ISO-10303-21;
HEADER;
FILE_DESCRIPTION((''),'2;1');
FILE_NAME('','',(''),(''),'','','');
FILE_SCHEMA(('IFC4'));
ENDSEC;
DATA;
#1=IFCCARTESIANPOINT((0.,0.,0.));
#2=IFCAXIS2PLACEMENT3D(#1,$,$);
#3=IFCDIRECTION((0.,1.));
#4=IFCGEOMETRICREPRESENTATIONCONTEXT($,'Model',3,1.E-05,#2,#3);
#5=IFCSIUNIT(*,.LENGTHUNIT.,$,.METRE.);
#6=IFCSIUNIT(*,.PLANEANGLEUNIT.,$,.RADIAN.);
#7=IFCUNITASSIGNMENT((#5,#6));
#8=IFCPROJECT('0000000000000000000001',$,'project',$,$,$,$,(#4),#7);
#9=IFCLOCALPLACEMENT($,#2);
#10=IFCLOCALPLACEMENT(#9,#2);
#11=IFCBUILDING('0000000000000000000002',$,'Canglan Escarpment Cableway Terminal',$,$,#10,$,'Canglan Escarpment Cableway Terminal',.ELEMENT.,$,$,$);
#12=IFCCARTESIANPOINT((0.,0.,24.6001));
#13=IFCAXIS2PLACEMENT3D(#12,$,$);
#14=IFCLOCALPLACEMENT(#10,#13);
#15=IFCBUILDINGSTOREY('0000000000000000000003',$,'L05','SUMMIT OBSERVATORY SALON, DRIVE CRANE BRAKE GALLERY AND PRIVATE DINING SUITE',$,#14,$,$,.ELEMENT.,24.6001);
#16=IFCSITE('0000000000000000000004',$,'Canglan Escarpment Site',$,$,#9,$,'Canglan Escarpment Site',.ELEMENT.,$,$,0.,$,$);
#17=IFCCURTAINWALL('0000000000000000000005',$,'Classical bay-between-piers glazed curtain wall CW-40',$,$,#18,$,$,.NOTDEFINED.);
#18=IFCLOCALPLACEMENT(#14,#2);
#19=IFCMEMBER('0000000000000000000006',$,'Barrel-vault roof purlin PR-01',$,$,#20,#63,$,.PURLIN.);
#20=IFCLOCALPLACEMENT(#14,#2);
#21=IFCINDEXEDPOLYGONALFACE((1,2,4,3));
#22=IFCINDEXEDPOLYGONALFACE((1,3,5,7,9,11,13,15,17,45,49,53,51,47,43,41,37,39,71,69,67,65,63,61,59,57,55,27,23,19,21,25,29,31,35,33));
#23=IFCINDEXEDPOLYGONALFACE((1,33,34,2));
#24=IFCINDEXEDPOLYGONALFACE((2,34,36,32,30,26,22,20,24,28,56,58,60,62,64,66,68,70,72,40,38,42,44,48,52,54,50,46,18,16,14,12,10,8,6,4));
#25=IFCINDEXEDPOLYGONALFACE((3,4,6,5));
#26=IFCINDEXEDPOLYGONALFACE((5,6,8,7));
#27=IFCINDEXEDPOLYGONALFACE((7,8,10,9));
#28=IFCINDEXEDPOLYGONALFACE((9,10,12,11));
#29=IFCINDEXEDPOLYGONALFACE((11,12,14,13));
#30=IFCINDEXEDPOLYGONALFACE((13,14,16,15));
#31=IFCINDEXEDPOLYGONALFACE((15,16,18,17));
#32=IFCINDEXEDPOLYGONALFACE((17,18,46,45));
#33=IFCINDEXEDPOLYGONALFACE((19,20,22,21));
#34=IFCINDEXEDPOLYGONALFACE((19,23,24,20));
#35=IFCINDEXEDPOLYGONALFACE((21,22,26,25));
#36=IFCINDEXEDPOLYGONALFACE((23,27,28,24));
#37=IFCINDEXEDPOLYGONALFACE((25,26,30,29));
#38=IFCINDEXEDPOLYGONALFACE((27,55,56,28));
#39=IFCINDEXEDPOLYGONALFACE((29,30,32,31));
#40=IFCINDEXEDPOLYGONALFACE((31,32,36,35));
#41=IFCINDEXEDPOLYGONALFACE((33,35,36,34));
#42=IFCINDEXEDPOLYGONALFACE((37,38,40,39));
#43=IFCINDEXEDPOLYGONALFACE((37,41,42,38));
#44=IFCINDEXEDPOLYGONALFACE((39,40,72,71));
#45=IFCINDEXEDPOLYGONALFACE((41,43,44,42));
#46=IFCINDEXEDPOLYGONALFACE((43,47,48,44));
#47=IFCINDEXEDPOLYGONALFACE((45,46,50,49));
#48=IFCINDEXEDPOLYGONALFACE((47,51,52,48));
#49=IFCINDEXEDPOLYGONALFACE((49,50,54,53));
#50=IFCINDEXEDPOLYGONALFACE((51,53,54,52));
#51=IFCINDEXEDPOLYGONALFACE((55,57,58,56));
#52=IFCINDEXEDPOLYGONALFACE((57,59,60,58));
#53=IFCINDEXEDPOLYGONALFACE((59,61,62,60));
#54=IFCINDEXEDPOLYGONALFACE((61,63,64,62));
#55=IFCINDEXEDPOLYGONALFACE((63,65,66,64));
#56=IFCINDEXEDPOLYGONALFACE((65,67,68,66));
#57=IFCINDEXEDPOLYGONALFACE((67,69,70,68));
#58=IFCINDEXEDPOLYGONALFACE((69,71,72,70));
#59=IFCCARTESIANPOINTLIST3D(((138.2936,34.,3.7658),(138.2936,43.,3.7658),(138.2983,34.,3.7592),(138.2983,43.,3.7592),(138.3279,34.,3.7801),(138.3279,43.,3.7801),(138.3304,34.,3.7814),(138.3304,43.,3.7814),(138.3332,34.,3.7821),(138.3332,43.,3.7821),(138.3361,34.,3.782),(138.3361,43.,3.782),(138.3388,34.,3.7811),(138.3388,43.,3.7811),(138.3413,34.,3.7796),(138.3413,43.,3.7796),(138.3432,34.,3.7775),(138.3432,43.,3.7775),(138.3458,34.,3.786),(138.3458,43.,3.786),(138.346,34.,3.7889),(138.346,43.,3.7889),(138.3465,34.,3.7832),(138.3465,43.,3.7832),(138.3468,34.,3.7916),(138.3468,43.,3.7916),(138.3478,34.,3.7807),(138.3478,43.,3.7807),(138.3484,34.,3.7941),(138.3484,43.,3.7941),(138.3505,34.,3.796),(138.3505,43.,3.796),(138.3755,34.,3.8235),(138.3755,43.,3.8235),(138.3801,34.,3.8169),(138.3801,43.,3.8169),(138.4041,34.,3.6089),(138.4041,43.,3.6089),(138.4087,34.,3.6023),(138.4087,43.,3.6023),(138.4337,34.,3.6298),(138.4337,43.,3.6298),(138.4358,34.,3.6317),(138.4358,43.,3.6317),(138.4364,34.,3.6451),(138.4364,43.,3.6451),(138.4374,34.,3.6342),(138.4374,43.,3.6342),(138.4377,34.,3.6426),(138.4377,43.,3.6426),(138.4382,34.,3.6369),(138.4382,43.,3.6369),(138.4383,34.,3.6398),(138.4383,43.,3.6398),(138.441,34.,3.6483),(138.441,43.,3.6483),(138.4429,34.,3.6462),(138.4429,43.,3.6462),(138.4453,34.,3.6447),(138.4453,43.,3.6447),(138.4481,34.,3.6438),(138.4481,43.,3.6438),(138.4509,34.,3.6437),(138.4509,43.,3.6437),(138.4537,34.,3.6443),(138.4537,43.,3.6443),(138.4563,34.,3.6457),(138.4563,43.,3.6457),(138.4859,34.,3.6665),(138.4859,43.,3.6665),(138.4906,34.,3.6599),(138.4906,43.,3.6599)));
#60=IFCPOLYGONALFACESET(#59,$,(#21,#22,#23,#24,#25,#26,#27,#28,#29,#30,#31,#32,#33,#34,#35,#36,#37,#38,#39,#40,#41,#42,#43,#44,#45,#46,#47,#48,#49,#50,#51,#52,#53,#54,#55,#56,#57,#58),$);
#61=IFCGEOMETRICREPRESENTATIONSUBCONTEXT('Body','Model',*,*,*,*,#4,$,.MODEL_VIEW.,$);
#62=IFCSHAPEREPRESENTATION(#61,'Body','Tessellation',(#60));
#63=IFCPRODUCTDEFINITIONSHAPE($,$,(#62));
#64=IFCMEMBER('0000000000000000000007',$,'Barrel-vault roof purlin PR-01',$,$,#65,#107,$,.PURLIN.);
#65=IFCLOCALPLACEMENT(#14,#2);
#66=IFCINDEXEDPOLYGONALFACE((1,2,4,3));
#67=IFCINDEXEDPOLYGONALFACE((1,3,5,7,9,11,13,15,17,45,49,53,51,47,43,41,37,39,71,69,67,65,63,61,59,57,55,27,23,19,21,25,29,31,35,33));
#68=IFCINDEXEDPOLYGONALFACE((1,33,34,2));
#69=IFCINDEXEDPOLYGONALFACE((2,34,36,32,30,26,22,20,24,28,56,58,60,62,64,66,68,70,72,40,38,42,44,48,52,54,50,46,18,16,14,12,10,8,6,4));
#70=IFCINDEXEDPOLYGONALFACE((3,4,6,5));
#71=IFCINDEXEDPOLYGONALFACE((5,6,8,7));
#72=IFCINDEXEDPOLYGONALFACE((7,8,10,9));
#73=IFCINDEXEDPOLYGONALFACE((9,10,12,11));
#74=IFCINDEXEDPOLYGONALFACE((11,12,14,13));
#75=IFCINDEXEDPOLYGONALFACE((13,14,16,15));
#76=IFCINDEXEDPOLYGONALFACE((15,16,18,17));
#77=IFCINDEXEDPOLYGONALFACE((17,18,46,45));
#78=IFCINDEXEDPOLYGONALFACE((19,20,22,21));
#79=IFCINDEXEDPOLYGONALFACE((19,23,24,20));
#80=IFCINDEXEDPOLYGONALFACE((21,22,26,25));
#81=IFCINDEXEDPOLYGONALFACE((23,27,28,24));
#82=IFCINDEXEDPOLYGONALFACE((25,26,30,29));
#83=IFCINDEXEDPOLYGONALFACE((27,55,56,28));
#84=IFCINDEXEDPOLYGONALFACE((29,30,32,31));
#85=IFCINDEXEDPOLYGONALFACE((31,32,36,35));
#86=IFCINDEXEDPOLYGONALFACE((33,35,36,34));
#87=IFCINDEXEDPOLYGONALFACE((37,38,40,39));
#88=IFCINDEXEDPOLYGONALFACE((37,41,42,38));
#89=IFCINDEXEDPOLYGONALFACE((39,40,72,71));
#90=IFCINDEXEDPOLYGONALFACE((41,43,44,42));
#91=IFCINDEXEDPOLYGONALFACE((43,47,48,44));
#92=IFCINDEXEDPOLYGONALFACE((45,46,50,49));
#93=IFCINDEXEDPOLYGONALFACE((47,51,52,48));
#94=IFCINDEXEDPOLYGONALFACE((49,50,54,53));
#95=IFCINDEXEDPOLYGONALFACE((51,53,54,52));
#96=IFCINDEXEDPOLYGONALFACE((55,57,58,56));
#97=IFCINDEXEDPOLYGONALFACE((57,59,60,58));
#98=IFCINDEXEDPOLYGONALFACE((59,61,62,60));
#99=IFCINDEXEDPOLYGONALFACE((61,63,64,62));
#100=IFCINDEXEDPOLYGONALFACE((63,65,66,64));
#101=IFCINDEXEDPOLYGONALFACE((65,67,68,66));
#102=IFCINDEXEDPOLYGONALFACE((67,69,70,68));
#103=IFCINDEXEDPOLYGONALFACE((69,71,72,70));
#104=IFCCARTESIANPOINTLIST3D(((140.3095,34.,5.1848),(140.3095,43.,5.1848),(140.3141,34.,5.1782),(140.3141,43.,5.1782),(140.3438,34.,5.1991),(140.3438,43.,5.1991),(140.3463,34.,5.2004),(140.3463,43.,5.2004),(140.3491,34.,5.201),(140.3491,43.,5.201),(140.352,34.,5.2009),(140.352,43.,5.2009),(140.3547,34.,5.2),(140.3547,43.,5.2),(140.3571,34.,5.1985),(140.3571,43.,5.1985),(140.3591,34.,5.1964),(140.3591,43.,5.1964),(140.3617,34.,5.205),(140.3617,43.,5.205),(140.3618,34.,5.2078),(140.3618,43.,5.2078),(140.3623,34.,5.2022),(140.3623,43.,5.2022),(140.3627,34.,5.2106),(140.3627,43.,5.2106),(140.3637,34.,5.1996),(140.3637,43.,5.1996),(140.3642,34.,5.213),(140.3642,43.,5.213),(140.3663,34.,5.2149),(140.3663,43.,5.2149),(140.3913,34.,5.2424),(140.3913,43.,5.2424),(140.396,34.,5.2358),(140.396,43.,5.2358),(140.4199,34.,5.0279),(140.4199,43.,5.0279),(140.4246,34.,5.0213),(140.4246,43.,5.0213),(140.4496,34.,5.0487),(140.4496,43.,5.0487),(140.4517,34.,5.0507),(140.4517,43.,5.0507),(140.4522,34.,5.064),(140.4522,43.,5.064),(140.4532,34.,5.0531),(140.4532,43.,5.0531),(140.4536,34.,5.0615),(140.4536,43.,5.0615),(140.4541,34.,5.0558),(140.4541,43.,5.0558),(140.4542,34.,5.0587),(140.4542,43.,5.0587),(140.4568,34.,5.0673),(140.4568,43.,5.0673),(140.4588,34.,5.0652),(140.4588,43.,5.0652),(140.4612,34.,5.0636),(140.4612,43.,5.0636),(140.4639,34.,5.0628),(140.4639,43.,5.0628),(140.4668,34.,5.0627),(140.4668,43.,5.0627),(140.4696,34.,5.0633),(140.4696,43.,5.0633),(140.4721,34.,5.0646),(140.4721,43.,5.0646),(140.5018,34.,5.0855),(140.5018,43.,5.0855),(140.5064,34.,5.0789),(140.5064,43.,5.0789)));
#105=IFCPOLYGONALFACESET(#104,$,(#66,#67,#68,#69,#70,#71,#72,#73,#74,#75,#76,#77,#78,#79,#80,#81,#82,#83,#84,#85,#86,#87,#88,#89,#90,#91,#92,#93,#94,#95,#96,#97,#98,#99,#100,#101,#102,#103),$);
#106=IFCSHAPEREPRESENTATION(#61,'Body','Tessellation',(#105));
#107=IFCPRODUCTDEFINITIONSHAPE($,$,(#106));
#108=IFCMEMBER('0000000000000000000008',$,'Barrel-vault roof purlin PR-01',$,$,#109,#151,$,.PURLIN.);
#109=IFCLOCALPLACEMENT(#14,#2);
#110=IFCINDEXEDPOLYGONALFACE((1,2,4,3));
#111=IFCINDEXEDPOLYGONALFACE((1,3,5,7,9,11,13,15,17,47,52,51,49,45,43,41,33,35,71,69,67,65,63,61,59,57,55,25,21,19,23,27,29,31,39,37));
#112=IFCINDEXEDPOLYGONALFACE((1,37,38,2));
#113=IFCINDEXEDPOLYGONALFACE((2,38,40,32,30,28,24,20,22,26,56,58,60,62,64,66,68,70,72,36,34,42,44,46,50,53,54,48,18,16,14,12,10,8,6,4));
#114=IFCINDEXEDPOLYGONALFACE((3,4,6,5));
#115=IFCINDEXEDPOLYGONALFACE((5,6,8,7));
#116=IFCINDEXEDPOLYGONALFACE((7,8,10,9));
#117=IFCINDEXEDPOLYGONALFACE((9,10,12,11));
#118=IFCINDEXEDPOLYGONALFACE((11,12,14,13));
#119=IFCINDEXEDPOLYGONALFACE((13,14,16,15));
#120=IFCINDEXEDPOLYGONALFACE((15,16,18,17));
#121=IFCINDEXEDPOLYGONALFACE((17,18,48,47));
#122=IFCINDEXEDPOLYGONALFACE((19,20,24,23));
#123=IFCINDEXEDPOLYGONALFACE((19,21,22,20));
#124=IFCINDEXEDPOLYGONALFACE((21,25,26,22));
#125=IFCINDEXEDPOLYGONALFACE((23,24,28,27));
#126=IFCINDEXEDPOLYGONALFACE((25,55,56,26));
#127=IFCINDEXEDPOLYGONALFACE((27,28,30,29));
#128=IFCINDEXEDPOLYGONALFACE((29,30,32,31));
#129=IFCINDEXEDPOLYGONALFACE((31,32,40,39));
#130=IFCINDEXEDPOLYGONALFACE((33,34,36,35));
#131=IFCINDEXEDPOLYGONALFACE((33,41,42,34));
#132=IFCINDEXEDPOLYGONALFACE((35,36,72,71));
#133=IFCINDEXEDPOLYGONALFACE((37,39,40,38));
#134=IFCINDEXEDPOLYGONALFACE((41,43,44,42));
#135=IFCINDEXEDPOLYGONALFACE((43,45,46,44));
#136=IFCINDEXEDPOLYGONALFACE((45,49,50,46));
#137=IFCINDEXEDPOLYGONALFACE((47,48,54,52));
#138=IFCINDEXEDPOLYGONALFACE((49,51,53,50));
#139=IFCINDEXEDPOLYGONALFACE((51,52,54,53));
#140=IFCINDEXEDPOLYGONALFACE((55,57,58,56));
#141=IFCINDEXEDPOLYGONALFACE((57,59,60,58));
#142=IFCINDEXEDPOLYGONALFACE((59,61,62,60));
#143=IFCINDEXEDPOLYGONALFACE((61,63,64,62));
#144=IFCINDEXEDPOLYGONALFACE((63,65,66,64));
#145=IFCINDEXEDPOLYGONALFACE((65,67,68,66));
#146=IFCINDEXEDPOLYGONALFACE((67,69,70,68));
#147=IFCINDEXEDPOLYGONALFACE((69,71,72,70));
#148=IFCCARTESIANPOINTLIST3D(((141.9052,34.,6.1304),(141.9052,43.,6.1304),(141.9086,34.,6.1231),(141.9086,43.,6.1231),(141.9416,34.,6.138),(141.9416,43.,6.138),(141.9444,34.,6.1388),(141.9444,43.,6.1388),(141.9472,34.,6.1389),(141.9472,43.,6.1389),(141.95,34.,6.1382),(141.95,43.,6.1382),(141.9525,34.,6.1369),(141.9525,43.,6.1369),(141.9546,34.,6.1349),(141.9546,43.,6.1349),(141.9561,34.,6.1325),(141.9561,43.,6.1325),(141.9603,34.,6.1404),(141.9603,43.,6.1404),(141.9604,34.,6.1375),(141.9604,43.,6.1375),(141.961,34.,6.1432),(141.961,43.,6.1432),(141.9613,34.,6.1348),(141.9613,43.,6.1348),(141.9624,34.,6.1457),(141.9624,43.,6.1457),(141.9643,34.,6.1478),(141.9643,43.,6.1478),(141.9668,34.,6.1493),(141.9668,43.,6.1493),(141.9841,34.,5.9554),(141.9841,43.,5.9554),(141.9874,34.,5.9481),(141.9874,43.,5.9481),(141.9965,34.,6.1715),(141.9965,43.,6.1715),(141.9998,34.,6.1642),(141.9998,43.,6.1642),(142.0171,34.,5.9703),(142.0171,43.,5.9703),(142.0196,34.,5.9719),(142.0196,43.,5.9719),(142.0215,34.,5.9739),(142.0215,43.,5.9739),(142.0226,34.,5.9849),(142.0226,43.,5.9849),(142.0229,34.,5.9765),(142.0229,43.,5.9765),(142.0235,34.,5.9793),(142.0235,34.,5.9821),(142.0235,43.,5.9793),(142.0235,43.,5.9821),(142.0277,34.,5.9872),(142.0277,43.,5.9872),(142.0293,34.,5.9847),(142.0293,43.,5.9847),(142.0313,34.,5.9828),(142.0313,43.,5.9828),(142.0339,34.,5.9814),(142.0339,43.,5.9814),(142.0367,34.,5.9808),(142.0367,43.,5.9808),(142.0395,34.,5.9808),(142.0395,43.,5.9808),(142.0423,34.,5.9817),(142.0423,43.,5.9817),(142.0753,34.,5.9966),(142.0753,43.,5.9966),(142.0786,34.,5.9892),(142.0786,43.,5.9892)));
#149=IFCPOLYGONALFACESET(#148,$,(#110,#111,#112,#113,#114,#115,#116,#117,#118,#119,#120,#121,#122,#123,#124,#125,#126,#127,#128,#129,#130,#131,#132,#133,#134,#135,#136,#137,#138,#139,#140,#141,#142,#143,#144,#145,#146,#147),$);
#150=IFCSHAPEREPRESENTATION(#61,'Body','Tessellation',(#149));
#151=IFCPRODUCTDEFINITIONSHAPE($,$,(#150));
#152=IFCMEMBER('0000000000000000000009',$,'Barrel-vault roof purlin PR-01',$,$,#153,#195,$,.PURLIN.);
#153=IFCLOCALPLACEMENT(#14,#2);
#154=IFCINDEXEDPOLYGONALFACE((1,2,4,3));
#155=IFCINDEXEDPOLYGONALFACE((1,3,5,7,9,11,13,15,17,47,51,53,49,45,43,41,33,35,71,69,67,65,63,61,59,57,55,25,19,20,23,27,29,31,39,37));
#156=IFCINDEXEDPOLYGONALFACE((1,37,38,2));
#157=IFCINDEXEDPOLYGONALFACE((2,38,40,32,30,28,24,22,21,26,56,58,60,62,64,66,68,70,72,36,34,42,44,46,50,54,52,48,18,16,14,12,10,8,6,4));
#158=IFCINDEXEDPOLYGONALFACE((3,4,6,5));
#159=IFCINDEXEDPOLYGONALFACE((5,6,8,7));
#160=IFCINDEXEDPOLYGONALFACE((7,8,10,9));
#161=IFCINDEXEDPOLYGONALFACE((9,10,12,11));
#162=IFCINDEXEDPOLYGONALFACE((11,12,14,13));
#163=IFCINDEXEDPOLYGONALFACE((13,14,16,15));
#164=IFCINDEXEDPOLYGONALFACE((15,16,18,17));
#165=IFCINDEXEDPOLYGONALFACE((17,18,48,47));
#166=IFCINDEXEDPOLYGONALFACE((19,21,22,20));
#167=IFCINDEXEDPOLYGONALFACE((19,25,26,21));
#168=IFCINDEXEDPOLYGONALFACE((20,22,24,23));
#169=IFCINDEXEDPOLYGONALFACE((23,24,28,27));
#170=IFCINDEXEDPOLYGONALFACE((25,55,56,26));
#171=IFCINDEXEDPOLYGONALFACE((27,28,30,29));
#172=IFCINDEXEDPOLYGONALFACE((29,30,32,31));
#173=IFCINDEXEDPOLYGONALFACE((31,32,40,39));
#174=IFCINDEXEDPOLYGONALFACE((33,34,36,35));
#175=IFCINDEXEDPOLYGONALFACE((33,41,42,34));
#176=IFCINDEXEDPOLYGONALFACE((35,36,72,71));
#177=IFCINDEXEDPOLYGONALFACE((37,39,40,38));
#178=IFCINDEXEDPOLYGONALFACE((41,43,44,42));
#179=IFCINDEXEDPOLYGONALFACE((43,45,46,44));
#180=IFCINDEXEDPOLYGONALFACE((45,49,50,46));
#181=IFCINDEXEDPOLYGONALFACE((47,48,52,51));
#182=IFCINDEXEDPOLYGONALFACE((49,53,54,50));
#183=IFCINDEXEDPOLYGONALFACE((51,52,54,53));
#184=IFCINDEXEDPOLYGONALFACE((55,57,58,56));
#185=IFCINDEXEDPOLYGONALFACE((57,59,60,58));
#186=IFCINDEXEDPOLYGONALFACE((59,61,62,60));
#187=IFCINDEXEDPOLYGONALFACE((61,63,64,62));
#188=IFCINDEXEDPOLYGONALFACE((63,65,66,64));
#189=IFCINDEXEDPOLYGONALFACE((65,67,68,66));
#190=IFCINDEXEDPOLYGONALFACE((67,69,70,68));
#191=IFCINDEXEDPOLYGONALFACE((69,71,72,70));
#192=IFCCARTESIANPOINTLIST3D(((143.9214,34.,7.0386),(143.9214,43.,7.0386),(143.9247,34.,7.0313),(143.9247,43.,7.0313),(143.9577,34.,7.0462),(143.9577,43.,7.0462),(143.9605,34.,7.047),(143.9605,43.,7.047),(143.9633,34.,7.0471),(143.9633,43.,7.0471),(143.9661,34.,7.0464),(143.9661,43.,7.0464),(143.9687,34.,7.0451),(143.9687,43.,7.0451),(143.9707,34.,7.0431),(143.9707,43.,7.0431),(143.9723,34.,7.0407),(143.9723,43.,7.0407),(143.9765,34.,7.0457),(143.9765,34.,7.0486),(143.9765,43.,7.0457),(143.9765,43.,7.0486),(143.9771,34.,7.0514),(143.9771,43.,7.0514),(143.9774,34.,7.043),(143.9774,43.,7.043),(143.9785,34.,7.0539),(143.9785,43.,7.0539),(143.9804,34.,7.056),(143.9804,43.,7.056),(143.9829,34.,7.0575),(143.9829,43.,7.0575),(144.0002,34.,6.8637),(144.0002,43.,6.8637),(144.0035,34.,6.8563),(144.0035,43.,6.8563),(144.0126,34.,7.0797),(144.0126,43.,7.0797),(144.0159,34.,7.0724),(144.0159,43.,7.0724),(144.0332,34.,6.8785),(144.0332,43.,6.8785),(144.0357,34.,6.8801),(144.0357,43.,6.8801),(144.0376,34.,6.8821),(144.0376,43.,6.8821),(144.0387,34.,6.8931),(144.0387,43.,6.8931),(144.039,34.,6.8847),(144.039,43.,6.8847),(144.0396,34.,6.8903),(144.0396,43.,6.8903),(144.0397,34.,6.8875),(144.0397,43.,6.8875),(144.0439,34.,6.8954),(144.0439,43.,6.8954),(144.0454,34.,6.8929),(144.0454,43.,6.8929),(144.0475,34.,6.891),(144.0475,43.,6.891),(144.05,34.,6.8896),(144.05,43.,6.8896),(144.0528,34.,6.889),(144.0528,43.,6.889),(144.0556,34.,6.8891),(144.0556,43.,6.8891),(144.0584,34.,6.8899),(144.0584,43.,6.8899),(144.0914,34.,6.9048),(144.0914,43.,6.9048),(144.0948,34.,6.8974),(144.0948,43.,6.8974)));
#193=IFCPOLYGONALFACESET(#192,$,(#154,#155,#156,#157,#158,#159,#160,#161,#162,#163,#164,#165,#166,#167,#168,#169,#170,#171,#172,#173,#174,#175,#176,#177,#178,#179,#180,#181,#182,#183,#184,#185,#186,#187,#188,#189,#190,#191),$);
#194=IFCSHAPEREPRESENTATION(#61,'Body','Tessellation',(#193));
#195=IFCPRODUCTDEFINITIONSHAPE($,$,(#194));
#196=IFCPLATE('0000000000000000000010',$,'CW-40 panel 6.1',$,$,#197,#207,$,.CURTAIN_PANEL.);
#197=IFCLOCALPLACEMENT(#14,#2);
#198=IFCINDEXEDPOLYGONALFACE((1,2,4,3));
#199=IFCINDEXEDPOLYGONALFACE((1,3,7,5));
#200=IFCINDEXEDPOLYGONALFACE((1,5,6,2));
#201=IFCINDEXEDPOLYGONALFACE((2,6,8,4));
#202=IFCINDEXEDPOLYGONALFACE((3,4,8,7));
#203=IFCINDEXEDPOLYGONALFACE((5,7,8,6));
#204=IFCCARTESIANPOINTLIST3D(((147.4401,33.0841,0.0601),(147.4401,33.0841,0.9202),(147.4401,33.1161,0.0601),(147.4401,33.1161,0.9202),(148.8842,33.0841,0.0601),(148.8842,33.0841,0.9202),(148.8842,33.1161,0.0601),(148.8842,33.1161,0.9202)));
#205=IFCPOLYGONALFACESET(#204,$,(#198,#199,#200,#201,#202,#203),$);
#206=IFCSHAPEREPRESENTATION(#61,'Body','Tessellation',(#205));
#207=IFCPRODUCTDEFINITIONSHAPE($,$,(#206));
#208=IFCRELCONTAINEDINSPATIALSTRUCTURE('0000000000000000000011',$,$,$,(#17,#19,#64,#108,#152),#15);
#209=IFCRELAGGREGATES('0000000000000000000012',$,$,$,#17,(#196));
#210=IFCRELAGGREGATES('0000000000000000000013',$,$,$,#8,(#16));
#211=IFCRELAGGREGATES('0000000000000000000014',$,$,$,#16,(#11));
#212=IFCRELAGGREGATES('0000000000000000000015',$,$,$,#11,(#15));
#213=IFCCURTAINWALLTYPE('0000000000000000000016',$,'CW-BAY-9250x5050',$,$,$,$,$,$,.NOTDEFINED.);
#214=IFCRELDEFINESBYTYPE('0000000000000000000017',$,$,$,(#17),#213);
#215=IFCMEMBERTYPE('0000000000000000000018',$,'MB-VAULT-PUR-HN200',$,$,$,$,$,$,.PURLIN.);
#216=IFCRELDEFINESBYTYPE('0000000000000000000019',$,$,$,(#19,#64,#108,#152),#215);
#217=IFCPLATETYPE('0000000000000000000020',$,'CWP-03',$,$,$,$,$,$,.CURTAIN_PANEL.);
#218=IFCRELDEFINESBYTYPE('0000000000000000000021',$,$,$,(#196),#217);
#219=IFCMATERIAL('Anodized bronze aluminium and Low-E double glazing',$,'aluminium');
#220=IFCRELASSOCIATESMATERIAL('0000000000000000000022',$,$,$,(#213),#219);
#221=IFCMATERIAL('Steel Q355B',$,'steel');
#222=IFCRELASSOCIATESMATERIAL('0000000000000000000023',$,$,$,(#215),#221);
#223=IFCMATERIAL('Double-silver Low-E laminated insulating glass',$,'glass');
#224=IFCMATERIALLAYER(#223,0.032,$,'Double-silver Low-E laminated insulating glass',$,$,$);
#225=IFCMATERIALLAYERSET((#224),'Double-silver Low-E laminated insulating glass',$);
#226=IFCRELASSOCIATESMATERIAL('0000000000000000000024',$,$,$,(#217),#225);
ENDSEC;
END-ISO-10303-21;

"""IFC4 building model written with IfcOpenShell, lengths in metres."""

from ifc_helpers import new_model, si_unit, direction, frame, origin, origin_2d, place, context, subcontext, project, spatial, rectangle, i_section, extrude, material, layer, layer_set, material_profile, profile_set, type_object, element, aggregate, save


model = new_model("IFC4")

# Units and contexts
model_context = context("Model", 3, precision=1e-05, world=origin(), true_north=direction((0.0, 1.0)))
body_context = subcontext(model_context, "Body", "Model", "MODEL_VIEW")
ifc_project = project(units=[si_unit("LENGTHUNIT", "METRE"), si_unit("PLANEANGLEUNIT", "RADIAN")], contexts=[model_context])

# Site, building, storey
site_placement = place(None, origin())
site = spatial("IfcSite", under=ifc_project, at=site_placement, Name="Canglan Escarpment Site", LongName="Canglan Escarpment Site", CompositionType="ELEMENT", RefElevation=0.0)
building_placement = place(site_placement, origin())
building = spatial("IfcBuilding", under=site, at=building_placement, Name="Canglan Escarpment Cableway Terminal", LongName="Canglan Escarpment Cableway Terminal", CompositionType="ELEMENT")
storey_placement = place(building_placement, frame((0.0, 0.0, 24.6001)))
storey = spatial("IfcBuildingStorey", under=building, at=storey_placement, Name="L05", Description="SUMMIT OBSERVATORY SALON, DRIVE CRANE BRAKE GALLERY AND PRIVATE DINING SUITE", CompositionType="ELEMENT", Elevation=24.6001)

# Shared definitions
ifc_material_1 = material(Name="Steel Q355B", Category="steel")

# Curtain wall
ifc_material_2 = material(Name="Anodized bronze aluminium and Low-E double glazing", Category="aluminium")
curtain_wall_type = type_object("IfcCurtainWallType", Name="CW-BAY-9250x5050", PredefinedType="NOTDEFINED", material=ifc_material_2)
curtain_wall_placement = place(storey_placement, origin())
curtain_wall = element("IfcCurtainWall", 1, at=curtain_wall_placement, inside=storey, type_object=curtain_wall_type, Name="Classical bay-between-piers glazed curtain wall CW-40", PredefinedType="NOTDEFINED")

# Members
ifc_material_profile_1 = material_profile(ifc_material_1, i_section(OverallWidth=0.1001, OverallDepth=0.2, WebThickness=0.0056, FlangeThickness=0.0081, FilletRadius=0.011, at=origin_2d()), Name="HN 200x100x5.5x8")
ifc_profile_set_1 = profile_set([ifc_material_profile_1], Name="Steel Q355B")
member_type_1 = type_object("IfcMemberType", Name="MB-VAULT-PUR-HN200", PredefinedType="PURLIN", material=ifc_profile_set_1)
for number, where, z_axis, x_axis, name in (
    (2, (138.3921, 34.0, 3.7129), (0.0, 1.0, 0.0), (-0.817728, 0.0, -0.575605), "Barrel-vault roof purlin PR-01"),
    (3, (140.408, 34.0, 5.1318), (0.0, 1.0, 0.0), (-0.817728, 0.0, -0.575605), "Barrel-vault roof purlin PR-01"),
    (4, (141.9919, 34.0, 6.0598), (0.0, 1.0, 0.0), (-0.911741, 0.0, -0.410767), "Barrel-vault roof purlin PR-01"),
    (5, (144.0081, 34.0, 6.968), (0.0, 1.0, 0.0), (-0.911741, 0.0, -0.410767), "Barrel-vault roof purlin PR-01"),
):
    element("IfcMember", number, at=place(storey_placement, frame(where, z_axis=z_axis, x_axis=x_axis)), inside=storey, type_object=member_type_1, Name=name, PredefinedType="PURLIN", context=body_context, shape_type="SweptSolid", body=[
        extrude(i_section(OverallWidth=0.1001, OverallDepth=0.2, WebThickness=0.0056, FlangeThickness=0.0081, FilletRadius=0.011, at=origin_2d()), origin(), (0.0, 0.0, 1.0), 9.0),
    ])

# Plate
ifc_material_3 = material(Name="Double-silver Low-E laminated insulating glass", Category="glass")
ifc_layer_1 = layer(ifc_material_3, 0.032, Name="Double-silver Low-E laminated insulating glass")
ifc_layer_set_1 = layer_set([ifc_layer_1], Name="Double-silver Low-E laminated insulating glass")
plate_type_1 = type_object("IfcPlateType", Name="CWP-03", PredefinedType="CURTAIN_PANEL", material=ifc_layer_set_1)
plate_1_placement = place(storey_placement, frame((148.1621, 33.1001, 0.0601), z_axis=(0.0, 0.0, 1.0), x_axis=(-1.0, 0.0, 0.0)))
plate_1 = element("IfcPlate", 6, at=plate_1_placement, type_object=plate_type_1, Name="CW-40 panel 6.1", PredefinedType="CURTAIN_PANEL", context=body_context, shape_type="SweptSolid", body=[
    extrude(rectangle(XDim=1.4441, YDim=0.032, at=origin_2d()), origin(), (0.0, 0.0, 1.0), 0.8601),
])
aggregate(curtain_wall, [plate_1])

save(model, "model.ifc")
